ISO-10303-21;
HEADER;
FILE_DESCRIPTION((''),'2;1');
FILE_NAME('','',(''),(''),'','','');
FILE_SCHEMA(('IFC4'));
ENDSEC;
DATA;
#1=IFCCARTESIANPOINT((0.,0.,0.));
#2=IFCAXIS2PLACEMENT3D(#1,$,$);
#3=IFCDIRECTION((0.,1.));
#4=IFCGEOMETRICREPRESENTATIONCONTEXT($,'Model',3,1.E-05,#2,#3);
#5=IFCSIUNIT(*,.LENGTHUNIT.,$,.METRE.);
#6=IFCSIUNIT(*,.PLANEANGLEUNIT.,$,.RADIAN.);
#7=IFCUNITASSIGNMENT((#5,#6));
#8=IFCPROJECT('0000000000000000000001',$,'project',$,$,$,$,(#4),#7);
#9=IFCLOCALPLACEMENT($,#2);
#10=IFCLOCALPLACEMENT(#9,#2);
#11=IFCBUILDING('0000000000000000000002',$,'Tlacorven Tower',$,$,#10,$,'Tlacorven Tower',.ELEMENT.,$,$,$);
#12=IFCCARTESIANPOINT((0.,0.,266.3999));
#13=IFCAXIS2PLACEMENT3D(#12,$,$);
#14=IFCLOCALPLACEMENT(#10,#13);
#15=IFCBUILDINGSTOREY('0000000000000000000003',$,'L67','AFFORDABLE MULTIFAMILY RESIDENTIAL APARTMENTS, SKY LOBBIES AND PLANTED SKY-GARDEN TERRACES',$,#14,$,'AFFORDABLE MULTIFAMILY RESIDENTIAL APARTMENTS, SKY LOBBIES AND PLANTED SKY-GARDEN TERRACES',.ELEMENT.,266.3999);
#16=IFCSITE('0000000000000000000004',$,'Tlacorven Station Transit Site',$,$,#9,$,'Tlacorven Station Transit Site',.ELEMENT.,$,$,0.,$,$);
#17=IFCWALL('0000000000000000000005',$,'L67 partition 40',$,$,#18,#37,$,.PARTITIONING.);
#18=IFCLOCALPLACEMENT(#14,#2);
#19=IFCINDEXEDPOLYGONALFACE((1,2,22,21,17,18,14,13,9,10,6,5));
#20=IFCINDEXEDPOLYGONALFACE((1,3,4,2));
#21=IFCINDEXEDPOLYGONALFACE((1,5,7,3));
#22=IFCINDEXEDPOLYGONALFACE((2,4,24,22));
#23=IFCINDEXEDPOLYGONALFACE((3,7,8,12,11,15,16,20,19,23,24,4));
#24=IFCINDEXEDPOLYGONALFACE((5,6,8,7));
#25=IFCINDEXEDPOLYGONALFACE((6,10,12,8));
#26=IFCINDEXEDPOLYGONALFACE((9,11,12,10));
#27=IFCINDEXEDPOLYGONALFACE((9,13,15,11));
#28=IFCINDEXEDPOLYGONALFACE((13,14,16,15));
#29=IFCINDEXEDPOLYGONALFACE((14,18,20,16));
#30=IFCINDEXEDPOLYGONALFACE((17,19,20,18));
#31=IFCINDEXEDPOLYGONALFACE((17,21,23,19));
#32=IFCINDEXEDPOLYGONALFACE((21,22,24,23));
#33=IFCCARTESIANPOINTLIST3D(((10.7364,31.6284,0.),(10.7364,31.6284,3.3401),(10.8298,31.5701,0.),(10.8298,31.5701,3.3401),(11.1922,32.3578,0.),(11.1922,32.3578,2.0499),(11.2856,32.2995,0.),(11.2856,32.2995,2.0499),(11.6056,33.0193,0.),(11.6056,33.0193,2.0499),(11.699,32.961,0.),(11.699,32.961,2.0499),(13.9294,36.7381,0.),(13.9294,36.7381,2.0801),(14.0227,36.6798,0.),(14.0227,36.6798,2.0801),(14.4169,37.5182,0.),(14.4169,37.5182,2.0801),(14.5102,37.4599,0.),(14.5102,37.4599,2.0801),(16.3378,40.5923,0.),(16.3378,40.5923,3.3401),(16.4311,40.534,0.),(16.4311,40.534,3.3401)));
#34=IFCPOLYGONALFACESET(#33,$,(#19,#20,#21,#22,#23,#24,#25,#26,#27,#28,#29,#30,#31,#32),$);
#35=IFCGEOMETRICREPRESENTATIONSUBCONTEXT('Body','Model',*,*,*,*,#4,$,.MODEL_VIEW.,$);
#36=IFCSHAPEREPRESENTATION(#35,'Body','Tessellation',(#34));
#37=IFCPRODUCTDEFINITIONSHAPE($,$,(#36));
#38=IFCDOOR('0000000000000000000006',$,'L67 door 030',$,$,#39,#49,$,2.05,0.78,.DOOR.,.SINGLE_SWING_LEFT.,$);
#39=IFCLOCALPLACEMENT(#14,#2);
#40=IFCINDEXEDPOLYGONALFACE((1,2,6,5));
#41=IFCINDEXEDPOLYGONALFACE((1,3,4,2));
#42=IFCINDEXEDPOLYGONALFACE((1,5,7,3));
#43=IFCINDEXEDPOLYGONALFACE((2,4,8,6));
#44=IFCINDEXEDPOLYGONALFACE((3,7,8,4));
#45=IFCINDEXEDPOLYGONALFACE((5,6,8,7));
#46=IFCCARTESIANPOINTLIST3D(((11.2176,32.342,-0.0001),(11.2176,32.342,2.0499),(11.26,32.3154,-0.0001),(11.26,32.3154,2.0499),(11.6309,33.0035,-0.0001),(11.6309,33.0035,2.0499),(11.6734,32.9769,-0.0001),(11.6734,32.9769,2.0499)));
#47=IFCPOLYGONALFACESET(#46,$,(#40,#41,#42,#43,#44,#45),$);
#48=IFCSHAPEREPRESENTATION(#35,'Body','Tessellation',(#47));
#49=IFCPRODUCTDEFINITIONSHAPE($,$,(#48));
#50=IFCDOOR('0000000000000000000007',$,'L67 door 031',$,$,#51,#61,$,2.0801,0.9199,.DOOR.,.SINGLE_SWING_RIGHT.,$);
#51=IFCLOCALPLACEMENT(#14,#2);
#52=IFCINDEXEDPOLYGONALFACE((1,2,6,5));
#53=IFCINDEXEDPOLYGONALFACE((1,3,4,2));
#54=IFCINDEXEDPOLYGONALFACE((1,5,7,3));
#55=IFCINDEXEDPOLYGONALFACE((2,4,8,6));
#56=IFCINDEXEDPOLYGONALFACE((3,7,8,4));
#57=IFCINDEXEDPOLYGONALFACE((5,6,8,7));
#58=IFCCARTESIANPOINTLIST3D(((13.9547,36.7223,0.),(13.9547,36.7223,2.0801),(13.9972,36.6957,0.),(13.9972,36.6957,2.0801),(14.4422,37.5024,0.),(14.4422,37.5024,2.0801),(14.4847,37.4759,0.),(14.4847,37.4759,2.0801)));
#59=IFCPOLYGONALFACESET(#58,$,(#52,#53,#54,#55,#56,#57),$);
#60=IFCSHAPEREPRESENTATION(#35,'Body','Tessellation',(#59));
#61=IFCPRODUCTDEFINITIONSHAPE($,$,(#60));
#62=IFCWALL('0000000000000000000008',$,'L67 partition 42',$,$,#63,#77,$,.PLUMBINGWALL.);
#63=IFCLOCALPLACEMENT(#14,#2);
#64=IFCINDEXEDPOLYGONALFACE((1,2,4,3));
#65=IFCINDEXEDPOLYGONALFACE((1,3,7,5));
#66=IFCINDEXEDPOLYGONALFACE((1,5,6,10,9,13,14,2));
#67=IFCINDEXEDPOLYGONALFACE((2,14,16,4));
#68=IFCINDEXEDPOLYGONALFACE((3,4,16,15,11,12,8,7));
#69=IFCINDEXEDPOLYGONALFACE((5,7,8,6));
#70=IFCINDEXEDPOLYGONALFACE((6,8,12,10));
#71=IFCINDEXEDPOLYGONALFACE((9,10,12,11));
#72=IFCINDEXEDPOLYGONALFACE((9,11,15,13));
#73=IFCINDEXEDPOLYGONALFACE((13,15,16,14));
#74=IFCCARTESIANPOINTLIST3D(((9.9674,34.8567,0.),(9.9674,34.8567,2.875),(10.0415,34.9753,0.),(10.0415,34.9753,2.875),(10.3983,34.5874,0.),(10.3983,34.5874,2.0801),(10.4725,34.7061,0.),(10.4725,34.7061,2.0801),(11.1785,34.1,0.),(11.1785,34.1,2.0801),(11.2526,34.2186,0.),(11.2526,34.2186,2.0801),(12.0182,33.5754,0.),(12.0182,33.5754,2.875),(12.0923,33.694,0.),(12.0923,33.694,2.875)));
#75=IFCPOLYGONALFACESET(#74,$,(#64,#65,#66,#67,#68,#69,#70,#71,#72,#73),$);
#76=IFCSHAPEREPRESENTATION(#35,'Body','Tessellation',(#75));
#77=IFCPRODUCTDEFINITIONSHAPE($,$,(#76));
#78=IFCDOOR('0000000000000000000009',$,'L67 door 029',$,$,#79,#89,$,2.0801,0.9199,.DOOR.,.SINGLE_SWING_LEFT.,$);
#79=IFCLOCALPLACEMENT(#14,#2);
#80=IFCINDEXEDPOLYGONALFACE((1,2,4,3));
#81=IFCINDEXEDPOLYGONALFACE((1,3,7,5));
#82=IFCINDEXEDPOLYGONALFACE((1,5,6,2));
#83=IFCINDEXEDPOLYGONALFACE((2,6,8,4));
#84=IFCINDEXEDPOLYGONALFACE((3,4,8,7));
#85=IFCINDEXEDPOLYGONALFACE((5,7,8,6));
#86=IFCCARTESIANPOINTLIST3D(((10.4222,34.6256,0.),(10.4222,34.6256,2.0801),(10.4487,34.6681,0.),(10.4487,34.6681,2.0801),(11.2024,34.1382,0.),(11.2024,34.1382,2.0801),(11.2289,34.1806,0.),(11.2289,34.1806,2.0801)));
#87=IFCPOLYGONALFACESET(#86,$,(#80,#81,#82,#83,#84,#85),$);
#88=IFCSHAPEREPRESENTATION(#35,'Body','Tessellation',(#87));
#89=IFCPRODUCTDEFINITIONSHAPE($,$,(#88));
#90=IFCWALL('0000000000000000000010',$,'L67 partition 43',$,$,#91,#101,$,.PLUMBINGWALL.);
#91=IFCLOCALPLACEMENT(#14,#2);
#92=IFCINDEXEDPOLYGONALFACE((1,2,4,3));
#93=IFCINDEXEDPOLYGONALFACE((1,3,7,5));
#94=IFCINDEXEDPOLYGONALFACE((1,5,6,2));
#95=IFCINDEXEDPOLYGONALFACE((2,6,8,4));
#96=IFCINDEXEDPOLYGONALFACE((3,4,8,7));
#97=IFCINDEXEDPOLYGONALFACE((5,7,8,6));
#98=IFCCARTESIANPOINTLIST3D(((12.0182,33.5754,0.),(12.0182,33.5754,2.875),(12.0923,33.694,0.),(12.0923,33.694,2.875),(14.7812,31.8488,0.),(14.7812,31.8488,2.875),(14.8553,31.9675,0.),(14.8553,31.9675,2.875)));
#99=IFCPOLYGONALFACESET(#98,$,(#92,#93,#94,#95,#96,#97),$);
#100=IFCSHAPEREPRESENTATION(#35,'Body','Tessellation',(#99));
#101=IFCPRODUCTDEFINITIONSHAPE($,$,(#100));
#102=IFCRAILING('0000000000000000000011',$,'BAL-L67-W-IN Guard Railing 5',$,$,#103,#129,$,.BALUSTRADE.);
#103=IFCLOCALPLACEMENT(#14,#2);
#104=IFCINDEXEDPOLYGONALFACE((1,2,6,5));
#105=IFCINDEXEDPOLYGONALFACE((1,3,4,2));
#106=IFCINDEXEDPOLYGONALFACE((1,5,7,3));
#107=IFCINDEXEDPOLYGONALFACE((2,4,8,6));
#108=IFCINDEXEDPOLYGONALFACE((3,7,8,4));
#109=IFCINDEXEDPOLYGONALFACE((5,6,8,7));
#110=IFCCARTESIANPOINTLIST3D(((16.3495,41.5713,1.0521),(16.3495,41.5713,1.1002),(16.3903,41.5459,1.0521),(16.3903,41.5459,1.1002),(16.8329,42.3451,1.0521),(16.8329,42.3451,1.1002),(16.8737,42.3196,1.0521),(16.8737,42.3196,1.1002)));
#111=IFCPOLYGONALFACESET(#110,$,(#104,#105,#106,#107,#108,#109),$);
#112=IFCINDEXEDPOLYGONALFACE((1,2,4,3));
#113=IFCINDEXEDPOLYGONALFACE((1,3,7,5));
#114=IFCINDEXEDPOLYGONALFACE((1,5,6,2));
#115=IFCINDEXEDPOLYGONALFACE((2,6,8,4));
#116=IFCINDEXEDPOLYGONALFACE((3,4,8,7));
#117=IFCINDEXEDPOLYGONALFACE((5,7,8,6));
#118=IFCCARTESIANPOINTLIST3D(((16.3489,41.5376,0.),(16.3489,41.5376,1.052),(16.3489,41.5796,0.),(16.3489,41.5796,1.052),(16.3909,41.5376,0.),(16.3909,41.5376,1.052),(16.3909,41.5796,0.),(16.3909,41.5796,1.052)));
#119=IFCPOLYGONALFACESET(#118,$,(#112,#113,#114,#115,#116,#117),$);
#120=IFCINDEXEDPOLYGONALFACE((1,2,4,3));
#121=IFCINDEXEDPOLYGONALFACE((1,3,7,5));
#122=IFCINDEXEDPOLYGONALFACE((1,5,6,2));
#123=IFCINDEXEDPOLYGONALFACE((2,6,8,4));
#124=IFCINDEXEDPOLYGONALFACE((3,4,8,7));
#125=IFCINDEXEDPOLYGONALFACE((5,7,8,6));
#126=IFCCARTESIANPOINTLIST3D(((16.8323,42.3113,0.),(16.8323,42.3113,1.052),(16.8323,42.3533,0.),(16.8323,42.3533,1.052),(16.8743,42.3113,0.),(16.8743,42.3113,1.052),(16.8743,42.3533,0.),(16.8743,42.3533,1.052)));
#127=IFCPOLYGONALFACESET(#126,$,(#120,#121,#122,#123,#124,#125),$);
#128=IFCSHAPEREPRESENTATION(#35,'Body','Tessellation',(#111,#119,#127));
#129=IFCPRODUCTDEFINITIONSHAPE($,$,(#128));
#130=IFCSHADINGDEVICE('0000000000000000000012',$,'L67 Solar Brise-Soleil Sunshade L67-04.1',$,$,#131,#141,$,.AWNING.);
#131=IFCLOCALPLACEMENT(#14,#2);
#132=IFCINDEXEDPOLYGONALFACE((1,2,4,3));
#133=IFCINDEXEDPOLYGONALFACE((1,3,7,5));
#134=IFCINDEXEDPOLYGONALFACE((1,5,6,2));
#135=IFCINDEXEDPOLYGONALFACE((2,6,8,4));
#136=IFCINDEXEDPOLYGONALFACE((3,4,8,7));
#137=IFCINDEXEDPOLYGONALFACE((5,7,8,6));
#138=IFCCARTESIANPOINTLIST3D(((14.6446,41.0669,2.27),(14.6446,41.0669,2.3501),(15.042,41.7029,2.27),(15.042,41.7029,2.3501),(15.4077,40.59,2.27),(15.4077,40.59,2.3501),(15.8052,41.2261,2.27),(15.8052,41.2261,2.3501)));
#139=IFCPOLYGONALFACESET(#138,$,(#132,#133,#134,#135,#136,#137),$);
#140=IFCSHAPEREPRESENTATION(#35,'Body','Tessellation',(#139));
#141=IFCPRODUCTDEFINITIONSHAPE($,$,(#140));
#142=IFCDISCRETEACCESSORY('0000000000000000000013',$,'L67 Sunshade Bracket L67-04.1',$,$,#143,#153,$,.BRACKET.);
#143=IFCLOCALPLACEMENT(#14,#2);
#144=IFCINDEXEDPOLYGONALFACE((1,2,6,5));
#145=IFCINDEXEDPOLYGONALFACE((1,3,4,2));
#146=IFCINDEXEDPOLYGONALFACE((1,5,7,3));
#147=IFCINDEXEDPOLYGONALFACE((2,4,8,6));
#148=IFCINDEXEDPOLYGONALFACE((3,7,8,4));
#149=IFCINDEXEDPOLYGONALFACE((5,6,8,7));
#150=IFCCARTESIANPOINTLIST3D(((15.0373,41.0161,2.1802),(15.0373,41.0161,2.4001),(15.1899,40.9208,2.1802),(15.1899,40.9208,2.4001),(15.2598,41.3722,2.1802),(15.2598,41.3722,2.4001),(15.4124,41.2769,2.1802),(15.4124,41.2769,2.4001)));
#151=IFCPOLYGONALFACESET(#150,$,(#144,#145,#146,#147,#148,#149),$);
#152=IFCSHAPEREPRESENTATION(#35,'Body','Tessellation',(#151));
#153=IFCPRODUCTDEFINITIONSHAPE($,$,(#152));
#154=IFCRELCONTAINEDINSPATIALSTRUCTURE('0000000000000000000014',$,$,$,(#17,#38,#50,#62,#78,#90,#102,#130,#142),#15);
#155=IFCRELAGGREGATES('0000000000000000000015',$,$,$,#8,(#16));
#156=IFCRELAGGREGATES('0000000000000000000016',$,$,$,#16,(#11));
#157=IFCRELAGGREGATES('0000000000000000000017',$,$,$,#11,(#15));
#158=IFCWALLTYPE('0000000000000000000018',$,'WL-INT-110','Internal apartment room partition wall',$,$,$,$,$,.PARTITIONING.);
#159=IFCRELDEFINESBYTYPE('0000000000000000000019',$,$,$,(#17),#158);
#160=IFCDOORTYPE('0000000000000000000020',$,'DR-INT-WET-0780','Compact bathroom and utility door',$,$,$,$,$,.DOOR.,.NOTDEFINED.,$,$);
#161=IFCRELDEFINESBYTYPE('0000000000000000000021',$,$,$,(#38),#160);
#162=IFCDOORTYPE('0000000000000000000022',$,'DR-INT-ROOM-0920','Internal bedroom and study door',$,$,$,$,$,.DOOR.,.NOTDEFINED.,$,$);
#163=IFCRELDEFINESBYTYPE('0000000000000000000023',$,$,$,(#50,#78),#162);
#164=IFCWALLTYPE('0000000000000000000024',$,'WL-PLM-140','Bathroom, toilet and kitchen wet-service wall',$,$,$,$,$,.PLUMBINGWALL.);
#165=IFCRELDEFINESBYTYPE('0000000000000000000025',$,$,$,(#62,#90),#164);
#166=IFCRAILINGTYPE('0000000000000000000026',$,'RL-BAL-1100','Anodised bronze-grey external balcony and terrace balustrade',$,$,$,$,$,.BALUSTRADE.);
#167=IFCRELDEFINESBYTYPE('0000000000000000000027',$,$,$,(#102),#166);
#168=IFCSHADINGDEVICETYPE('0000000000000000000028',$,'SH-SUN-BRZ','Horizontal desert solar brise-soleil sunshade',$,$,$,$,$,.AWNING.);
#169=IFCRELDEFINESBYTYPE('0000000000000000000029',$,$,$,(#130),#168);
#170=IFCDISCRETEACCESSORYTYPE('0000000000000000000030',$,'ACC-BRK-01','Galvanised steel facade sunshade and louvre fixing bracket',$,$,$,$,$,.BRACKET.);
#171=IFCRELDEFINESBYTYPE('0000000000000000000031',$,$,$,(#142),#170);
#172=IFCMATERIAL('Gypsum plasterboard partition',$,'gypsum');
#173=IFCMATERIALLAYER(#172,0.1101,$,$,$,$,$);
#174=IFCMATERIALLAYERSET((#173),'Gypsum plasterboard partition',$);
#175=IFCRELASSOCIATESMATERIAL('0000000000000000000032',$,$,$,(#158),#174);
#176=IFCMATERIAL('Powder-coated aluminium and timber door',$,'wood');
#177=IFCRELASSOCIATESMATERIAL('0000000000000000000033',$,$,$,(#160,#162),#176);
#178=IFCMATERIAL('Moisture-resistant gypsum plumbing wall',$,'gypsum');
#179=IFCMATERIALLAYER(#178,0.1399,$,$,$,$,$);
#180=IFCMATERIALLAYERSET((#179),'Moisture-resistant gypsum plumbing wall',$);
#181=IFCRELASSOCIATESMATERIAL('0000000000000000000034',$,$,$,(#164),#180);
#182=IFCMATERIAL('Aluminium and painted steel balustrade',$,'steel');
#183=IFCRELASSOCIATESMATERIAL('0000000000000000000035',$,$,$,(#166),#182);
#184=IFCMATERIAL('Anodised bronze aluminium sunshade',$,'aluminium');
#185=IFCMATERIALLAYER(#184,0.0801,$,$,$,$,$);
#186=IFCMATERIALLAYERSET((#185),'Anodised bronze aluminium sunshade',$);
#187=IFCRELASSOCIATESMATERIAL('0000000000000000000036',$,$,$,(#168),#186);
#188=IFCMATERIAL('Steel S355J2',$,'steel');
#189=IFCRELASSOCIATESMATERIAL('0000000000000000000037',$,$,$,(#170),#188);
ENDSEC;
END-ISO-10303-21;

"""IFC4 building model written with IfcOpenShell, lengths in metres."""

from ifc_helpers import new_model, si_unit, direction, frame, frame_2d, origin, origin_2d, place, context, subcontext, project, spatial, rectangle, extrude, source, transform, mapped, material, layer, layer_set, type_object, element, fill, save


model = new_model("IFC4")

# Units and contexts
model_context = context("Model", 3, precision=1e-05, world=origin(), true_north=direction((0.0, 1.0)))
body_context = subcontext(model_context, "Body", "Model", "MODEL_VIEW")
ifc_project = project(units=[si_unit("LENGTHUNIT", "METRE"), si_unit("PLANEANGLEUNIT", "RADIAN")], contexts=[model_context])

# Site, building, storey
site_placement = place(None, origin())
site = spatial("IfcSite", under=ifc_project, at=site_placement, Name="Tlacorven Station Transit Site", LongName="Tlacorven Station Transit Site", CompositionType="ELEMENT", RefElevation=0.0)
building_placement = place(site_placement, origin())
building = spatial("IfcBuilding", under=site, at=building_placement, Name="Tlacorven Tower", LongName="Tlacorven Tower", CompositionType="ELEMENT")
storey_placement = place(building_placement, frame((0.0, 0.0, 266.3999)))
storey = spatial("IfcBuildingStorey", under=building, at=storey_placement, Name="L67", Description="AFFORDABLE MULTIFAMILY RESIDENTIAL APARTMENTS, SKY LOBBIES AND PLANTED SKY-GARDEN TERRACES", LongName="AFFORDABLE MULTIFAMILY RESIDENTIAL APARTMENTS, SKY LOBBIES AND PLANTED SKY-GARDEN TERRACES", CompositionType="ELEMENT", Elevation=266.3999)

# Shared definitions
ifc_material_1 = material(Name="Steel S355J2", Category="steel")

# Shared definitions
ifc_material_2 = material(Name="Powder-coated aluminium and timber door", Category="wood")

# Wall, openings, doors
ifc_material_3 = material(Name="Gypsum plasterboard partition", Category="gypsum")
ifc_layer_1 = layer(ifc_material_3, 0.1101)
ifc_layer_set_1 = layer_set([ifc_layer_1], Name="Gypsum plasterboard partition")
wall_type_1 = type_object("IfcWallType", Name="WL-INT-110", Description="Internal apartment room partition wall", PredefinedType="PARTITIONING", material=ifc_layer_set_1)
wall_1_placement = place(storey_placement, frame((16.3845, 40.5632, 0.0), z_axis=(0.0, 0.0, 1.0), x_axis=(-0.529924, -0.848045, 0.0)))
wall_1 = element("IfcWall", 1, at=wall_1_placement, inside=storey, type_object=wall_type_1, Name="L67 partition 40", PredefinedType="PARTITIONING", context=body_context, shape_type="SweptSolid", body=[
    extrude(rectangle(XDim=10.5701, YDim=0.1101, at=frame_2d((5.2852, 0.0))), origin(), (0.0, 0.0, 1.0), 3.3401),
])
opening_1_placement = place(wall_1_placement, frame((8.9299, 0.0, 0.0)))
opening_1 = element("IfcOpeningElement", 2, at=opening_1_placement, cuts=wall_1, PredefinedType="OPENING", context=body_context, shape_type="SweptSolid", body=[
    extrude(rectangle(XDim=0.78, YDim=2.05, at=frame_2d((0.3901, 1.0249))), frame((0.0, 0.0649, 0.0), z_axis=(0.0, -1.0, 0.0), x_axis=(1.0, 0.0, 0.0)), (0.0, 0.0, 1.0), 0.1301),
])
opening_2_placement = place(wall_1_placement, frame((3.625, 0.0, 0.0)))
opening_2 = element("IfcOpeningElement", 3, at=opening_2_placement, cuts=wall_1, PredefinedType="OPENING", context=body_context, shape_type="SweptSolid", body=[
    extrude(rectangle(XDim=0.9199, YDim=2.0801, at=frame_2d((0.46, 1.04))), frame((0.0, 0.0649, 0.0), z_axis=(0.0, -1.0, 0.0), x_axis=(1.0, 0.0, 0.0)), (0.0, 0.0, 1.0), 0.1301),
])
door_type_1 = type_object("IfcDoorType", Name="DR-INT-WET-0780", Description="Compact bathroom and utility door", OperationType="NOTDEFINED", PredefinedType="DOOR", material=ifc_material_2)
shared_shape_1 = source(origin(), body_context, "Body", "SweptSolid", [
    extrude(rectangle(XDim=0.78, YDim=2.05, at=frame_2d((0.3901, 1.0249))), frame((0.0, 0.0249, 0.0), z_axis=(0.0, -1.0, 0.0), x_axis=(1.0, 0.0, 0.0)), (0.0, 0.0, 1.0), 0.05),
])
door_1_placement = place(opening_1_placement, origin())
door_1 = element("IfcDoor", 4, at=door_1_placement, inside=storey, type_object=door_type_1, Name="L67 door 030", OperationType="SINGLE_SWING_LEFT", OverallHeight=2.05, OverallWidth=0.78, PredefinedType="DOOR", context=body_context, shape_type="MappedRepresentation", body=[
    mapped(shared_shape_1, transform((0.0, 0.0, 0.0), scale=1.0)),
])
fill(opening_1, door_1)
door_type_2 = type_object("IfcDoorType", Name="DR-INT-ROOM-0920", Description="Internal bedroom and study door", OperationType="NOTDEFINED", PredefinedType="DOOR", material=ifc_material_2)
shared_shape_2 = source(origin(), body_context, "Body", "SweptSolid", [
    extrude(rectangle(XDim=0.9199, YDim=2.0801, at=frame_2d((0.46, 1.04))), frame((0.0, 0.0249, 0.0), z_axis=(0.0, -1.0, 0.0), x_axis=(1.0, 0.0, 0.0)), (0.0, 0.0, 1.0), 0.05),
])
door_2_placement = place(opening_2_placement, origin())
door_2 = element("IfcDoor", 5, at=door_2_placement, inside=storey, type_object=door_type_2, Name="L67 door 031", OperationType="SINGLE_SWING_RIGHT", OverallHeight=2.0801, OverallWidth=0.9199, PredefinedType="DOOR", context=body_context, shape_type="MappedRepresentation", body=[
    mapped(shared_shape_2, transform((0.0, 0.0, 0.0), scale=1.0)),
])
fill(opening_2, door_2)

# Wall, opening, door
ifc_material_4 = material(Name="Moisture-resistant gypsum plumbing wall", Category="gypsum")
ifc_layer_2 = layer(ifc_material_4, 0.1399)
ifc_layer_set_2 = layer_set([ifc_layer_2], Name="Moisture-resistant gypsum plumbing wall")
wall_type_2 = type_object("IfcWallType", Name="WL-PLM-140", Description="Bathroom, toilet and kitchen wet-service wall", PredefinedType="PLUMBINGWALL", material=ifc_layer_set_2)
wall_2_placement = place(storey_placement, frame((12.0552, 33.6348, 0.0), z_axis=(0.0, 0.0, 1.0), x_axis=(-0.848089, 0.529854, 0.0)))
wall_2 = element("IfcWall", 6, at=wall_2_placement, inside=storey, type_object=wall_type_2, Name="L67 partition 42", PredefinedType="PLUMBINGWALL", context=body_context, shape_type="SweptSolid", body=[
    extrude(rectangle(XDim=2.4182, YDim=0.1399, at=frame_2d((1.209, 0.0))), origin(), (0.0, 0.0, 1.0), 2.875),
])
opening_3_placement = place(wall_2_placement, frame((0.99, 0.0, 0.0)))
opening_3 = element("IfcOpeningElement", 7, at=opening_3_placement, cuts=wall_2, PredefinedType="OPENING", context=body_context, shape_type="SweptSolid", body=[
    extrude(rectangle(XDim=0.9199, YDim=2.0801, at=frame_2d((0.46, 1.04))), frame((0.0, 0.0801, 0.0), z_axis=(0.0, -1.0, 0.0), x_axis=(1.0, 0.0, 0.0)), (0.0, 0.0, 1.0), 0.1599),
])
door_3_placement = place(opening_3_placement, origin())
door_3 = element("IfcDoor", 8, at=door_3_placement, inside=storey, type_object=door_type_2, Name="L67 door 029", OperationType="SINGLE_SWING_LEFT", OverallHeight=2.0801, OverallWidth=0.9199, PredefinedType="DOOR", context=body_context, shape_type="MappedRepresentation", body=[
    mapped(shared_shape_2, transform((0.0, 0.0, 0.0), scale=1.0)),
])
fill(opening_3, door_3)

# Wall
wall_3_placement = place(storey_placement, frame((14.8181, 31.9082, 0.0), z_axis=(0.0, 0.0, 1.0), x_axis=(-0.848036, 0.529938, 0.0)))
element("IfcWall", 9, at=wall_3_placement, inside=storey, type_object=wall_type_2, Name="L67 partition 43", PredefinedType="PLUMBINGWALL", context=body_context, shape_type="SweptSolid", body=[
    extrude(rectangle(XDim=3.2581, YDim=0.1399, at=frame_2d((1.6289, 0.0))), origin(), (0.0, 0.0, 1.0), 2.875),
])

# Railing
ifc_material_5 = material(Name="Aluminium and painted steel balustrade", Category="steel")
railing_type = type_object("IfcRailingType", Name="RL-BAL-1100", Description="Anodised bronze-grey external balcony and terrace balustrade", PredefinedType="BALUSTRADE", material=ifc_material_5)
shared_shape_3 = source(origin(), body_context, "Body", "SweptSolid", [
    extrude(rectangle(XDim=0.0481, YDim=0.0481, at=origin_2d()), frame((0.0, 0.0, 1.0762), z_axis=(0.529879, 0.848073, 0.0), x_axis=(-0.848073, 0.529879, 0.0)), (0.0, 0.0, 1.0), 0.9124),
    extrude(rectangle(XDim=0.042, YDim=0.042, at=origin_2d()), origin(), (0.0, 0.0, 1.0), 1.052),
    extrude(rectangle(XDim=0.042, YDim=0.042, at=origin_2d()), frame((0.4834, 0.7737, 0.0)), (0.0, 0.0, 1.0), 1.052),
])
railing_placement = place(storey_placement, frame((16.3699, 41.5586, 0.0)))
element("IfcRailing", 10, at=railing_placement, inside=storey, type_object=railing_type, Name="BAL-L67-W-IN Guard Railing 5", PredefinedType="BALUSTRADE", context=body_context, shape_type="MappedRepresentation", body=[
    mapped(shared_shape_3, transform((0.0, 0.0, 0.0), scale=1.0)),
])

# Shading device
ifc_material_6 = material(Name="Anodised bronze aluminium sunshade", Category="aluminium")
ifc_layer_3 = layer(ifc_material_6, 0.0801)
ifc_layer_set_3 = layer_set([ifc_layer_3], Name="Anodised bronze aluminium sunshade")
shading_device_type = type_object("IfcShadingDeviceType", Name="SH-SUN-BRZ", Description="Horizontal desert solar brise-soleil sunshade", PredefinedType="AWNING", material=ifc_layer_set_3)
shared_shape_4 = source(origin(), body_context, "Body", "SweptSolid", [
    extrude(rectangle(XDim=0.8999, YDim=0.75, at=origin_2d()), origin(), (0.0, 0.0, 1.0), 0.0801),
])
shading_device_placement = place(storey_placement, frame((15.2249, 41.1465, 2.27), z_axis=(0.0, 0.0, 1.0), x_axis=(0.848048, -0.529919, 0.0)))
element("IfcShadingDevice", 11, at=shading_device_placement, inside=storey, type_object=shading_device_type, Name="L67 Solar Brise-Soleil Sunshade L67-04.1", PredefinedType="AWNING", context=body_context, shape_type="MappedRepresentation", body=[
    mapped(shared_shape_4, transform((0.0, 0.0, 0.0), scale=1.0)),
])

# Discrete accessory
discrete_accessory_type = type_object("IfcDiscreteAccessoryType", Name="ACC-BRK-01", Description="Galvanised steel facade sunshade and louvre fixing bracket", PredefinedType="BRACKET", material=ifc_material_1)
shared_shape_5 = source(origin(), body_context, "Body", "SweptSolid", [
    extrude(rectangle(XDim=0.1799, YDim=0.4199, at=origin_2d()), origin(), (0.0, 0.0, 1.0), 0.22),
])
discrete_accessory_placement = place(storey_placement, frame((15.2249, 41.1465, 2.1802), z_axis=(0.0, 0.0, 1.0), x_axis=(0.848048, -0.529919, 0.0)))
element("IfcDiscreteAccessory", 12, at=discrete_accessory_placement, inside=storey, type_object=discrete_accessory_type, Name="L67 Sunshade Bracket L67-04.1", PredefinedType="BRACKET", context=body_context, shape_type="MappedRepresentation", body=[
    mapped(shared_shape_5, transform((0.0, 0.0, 0.0), scale=1.0)),
])

save(model, "model.ifc")
